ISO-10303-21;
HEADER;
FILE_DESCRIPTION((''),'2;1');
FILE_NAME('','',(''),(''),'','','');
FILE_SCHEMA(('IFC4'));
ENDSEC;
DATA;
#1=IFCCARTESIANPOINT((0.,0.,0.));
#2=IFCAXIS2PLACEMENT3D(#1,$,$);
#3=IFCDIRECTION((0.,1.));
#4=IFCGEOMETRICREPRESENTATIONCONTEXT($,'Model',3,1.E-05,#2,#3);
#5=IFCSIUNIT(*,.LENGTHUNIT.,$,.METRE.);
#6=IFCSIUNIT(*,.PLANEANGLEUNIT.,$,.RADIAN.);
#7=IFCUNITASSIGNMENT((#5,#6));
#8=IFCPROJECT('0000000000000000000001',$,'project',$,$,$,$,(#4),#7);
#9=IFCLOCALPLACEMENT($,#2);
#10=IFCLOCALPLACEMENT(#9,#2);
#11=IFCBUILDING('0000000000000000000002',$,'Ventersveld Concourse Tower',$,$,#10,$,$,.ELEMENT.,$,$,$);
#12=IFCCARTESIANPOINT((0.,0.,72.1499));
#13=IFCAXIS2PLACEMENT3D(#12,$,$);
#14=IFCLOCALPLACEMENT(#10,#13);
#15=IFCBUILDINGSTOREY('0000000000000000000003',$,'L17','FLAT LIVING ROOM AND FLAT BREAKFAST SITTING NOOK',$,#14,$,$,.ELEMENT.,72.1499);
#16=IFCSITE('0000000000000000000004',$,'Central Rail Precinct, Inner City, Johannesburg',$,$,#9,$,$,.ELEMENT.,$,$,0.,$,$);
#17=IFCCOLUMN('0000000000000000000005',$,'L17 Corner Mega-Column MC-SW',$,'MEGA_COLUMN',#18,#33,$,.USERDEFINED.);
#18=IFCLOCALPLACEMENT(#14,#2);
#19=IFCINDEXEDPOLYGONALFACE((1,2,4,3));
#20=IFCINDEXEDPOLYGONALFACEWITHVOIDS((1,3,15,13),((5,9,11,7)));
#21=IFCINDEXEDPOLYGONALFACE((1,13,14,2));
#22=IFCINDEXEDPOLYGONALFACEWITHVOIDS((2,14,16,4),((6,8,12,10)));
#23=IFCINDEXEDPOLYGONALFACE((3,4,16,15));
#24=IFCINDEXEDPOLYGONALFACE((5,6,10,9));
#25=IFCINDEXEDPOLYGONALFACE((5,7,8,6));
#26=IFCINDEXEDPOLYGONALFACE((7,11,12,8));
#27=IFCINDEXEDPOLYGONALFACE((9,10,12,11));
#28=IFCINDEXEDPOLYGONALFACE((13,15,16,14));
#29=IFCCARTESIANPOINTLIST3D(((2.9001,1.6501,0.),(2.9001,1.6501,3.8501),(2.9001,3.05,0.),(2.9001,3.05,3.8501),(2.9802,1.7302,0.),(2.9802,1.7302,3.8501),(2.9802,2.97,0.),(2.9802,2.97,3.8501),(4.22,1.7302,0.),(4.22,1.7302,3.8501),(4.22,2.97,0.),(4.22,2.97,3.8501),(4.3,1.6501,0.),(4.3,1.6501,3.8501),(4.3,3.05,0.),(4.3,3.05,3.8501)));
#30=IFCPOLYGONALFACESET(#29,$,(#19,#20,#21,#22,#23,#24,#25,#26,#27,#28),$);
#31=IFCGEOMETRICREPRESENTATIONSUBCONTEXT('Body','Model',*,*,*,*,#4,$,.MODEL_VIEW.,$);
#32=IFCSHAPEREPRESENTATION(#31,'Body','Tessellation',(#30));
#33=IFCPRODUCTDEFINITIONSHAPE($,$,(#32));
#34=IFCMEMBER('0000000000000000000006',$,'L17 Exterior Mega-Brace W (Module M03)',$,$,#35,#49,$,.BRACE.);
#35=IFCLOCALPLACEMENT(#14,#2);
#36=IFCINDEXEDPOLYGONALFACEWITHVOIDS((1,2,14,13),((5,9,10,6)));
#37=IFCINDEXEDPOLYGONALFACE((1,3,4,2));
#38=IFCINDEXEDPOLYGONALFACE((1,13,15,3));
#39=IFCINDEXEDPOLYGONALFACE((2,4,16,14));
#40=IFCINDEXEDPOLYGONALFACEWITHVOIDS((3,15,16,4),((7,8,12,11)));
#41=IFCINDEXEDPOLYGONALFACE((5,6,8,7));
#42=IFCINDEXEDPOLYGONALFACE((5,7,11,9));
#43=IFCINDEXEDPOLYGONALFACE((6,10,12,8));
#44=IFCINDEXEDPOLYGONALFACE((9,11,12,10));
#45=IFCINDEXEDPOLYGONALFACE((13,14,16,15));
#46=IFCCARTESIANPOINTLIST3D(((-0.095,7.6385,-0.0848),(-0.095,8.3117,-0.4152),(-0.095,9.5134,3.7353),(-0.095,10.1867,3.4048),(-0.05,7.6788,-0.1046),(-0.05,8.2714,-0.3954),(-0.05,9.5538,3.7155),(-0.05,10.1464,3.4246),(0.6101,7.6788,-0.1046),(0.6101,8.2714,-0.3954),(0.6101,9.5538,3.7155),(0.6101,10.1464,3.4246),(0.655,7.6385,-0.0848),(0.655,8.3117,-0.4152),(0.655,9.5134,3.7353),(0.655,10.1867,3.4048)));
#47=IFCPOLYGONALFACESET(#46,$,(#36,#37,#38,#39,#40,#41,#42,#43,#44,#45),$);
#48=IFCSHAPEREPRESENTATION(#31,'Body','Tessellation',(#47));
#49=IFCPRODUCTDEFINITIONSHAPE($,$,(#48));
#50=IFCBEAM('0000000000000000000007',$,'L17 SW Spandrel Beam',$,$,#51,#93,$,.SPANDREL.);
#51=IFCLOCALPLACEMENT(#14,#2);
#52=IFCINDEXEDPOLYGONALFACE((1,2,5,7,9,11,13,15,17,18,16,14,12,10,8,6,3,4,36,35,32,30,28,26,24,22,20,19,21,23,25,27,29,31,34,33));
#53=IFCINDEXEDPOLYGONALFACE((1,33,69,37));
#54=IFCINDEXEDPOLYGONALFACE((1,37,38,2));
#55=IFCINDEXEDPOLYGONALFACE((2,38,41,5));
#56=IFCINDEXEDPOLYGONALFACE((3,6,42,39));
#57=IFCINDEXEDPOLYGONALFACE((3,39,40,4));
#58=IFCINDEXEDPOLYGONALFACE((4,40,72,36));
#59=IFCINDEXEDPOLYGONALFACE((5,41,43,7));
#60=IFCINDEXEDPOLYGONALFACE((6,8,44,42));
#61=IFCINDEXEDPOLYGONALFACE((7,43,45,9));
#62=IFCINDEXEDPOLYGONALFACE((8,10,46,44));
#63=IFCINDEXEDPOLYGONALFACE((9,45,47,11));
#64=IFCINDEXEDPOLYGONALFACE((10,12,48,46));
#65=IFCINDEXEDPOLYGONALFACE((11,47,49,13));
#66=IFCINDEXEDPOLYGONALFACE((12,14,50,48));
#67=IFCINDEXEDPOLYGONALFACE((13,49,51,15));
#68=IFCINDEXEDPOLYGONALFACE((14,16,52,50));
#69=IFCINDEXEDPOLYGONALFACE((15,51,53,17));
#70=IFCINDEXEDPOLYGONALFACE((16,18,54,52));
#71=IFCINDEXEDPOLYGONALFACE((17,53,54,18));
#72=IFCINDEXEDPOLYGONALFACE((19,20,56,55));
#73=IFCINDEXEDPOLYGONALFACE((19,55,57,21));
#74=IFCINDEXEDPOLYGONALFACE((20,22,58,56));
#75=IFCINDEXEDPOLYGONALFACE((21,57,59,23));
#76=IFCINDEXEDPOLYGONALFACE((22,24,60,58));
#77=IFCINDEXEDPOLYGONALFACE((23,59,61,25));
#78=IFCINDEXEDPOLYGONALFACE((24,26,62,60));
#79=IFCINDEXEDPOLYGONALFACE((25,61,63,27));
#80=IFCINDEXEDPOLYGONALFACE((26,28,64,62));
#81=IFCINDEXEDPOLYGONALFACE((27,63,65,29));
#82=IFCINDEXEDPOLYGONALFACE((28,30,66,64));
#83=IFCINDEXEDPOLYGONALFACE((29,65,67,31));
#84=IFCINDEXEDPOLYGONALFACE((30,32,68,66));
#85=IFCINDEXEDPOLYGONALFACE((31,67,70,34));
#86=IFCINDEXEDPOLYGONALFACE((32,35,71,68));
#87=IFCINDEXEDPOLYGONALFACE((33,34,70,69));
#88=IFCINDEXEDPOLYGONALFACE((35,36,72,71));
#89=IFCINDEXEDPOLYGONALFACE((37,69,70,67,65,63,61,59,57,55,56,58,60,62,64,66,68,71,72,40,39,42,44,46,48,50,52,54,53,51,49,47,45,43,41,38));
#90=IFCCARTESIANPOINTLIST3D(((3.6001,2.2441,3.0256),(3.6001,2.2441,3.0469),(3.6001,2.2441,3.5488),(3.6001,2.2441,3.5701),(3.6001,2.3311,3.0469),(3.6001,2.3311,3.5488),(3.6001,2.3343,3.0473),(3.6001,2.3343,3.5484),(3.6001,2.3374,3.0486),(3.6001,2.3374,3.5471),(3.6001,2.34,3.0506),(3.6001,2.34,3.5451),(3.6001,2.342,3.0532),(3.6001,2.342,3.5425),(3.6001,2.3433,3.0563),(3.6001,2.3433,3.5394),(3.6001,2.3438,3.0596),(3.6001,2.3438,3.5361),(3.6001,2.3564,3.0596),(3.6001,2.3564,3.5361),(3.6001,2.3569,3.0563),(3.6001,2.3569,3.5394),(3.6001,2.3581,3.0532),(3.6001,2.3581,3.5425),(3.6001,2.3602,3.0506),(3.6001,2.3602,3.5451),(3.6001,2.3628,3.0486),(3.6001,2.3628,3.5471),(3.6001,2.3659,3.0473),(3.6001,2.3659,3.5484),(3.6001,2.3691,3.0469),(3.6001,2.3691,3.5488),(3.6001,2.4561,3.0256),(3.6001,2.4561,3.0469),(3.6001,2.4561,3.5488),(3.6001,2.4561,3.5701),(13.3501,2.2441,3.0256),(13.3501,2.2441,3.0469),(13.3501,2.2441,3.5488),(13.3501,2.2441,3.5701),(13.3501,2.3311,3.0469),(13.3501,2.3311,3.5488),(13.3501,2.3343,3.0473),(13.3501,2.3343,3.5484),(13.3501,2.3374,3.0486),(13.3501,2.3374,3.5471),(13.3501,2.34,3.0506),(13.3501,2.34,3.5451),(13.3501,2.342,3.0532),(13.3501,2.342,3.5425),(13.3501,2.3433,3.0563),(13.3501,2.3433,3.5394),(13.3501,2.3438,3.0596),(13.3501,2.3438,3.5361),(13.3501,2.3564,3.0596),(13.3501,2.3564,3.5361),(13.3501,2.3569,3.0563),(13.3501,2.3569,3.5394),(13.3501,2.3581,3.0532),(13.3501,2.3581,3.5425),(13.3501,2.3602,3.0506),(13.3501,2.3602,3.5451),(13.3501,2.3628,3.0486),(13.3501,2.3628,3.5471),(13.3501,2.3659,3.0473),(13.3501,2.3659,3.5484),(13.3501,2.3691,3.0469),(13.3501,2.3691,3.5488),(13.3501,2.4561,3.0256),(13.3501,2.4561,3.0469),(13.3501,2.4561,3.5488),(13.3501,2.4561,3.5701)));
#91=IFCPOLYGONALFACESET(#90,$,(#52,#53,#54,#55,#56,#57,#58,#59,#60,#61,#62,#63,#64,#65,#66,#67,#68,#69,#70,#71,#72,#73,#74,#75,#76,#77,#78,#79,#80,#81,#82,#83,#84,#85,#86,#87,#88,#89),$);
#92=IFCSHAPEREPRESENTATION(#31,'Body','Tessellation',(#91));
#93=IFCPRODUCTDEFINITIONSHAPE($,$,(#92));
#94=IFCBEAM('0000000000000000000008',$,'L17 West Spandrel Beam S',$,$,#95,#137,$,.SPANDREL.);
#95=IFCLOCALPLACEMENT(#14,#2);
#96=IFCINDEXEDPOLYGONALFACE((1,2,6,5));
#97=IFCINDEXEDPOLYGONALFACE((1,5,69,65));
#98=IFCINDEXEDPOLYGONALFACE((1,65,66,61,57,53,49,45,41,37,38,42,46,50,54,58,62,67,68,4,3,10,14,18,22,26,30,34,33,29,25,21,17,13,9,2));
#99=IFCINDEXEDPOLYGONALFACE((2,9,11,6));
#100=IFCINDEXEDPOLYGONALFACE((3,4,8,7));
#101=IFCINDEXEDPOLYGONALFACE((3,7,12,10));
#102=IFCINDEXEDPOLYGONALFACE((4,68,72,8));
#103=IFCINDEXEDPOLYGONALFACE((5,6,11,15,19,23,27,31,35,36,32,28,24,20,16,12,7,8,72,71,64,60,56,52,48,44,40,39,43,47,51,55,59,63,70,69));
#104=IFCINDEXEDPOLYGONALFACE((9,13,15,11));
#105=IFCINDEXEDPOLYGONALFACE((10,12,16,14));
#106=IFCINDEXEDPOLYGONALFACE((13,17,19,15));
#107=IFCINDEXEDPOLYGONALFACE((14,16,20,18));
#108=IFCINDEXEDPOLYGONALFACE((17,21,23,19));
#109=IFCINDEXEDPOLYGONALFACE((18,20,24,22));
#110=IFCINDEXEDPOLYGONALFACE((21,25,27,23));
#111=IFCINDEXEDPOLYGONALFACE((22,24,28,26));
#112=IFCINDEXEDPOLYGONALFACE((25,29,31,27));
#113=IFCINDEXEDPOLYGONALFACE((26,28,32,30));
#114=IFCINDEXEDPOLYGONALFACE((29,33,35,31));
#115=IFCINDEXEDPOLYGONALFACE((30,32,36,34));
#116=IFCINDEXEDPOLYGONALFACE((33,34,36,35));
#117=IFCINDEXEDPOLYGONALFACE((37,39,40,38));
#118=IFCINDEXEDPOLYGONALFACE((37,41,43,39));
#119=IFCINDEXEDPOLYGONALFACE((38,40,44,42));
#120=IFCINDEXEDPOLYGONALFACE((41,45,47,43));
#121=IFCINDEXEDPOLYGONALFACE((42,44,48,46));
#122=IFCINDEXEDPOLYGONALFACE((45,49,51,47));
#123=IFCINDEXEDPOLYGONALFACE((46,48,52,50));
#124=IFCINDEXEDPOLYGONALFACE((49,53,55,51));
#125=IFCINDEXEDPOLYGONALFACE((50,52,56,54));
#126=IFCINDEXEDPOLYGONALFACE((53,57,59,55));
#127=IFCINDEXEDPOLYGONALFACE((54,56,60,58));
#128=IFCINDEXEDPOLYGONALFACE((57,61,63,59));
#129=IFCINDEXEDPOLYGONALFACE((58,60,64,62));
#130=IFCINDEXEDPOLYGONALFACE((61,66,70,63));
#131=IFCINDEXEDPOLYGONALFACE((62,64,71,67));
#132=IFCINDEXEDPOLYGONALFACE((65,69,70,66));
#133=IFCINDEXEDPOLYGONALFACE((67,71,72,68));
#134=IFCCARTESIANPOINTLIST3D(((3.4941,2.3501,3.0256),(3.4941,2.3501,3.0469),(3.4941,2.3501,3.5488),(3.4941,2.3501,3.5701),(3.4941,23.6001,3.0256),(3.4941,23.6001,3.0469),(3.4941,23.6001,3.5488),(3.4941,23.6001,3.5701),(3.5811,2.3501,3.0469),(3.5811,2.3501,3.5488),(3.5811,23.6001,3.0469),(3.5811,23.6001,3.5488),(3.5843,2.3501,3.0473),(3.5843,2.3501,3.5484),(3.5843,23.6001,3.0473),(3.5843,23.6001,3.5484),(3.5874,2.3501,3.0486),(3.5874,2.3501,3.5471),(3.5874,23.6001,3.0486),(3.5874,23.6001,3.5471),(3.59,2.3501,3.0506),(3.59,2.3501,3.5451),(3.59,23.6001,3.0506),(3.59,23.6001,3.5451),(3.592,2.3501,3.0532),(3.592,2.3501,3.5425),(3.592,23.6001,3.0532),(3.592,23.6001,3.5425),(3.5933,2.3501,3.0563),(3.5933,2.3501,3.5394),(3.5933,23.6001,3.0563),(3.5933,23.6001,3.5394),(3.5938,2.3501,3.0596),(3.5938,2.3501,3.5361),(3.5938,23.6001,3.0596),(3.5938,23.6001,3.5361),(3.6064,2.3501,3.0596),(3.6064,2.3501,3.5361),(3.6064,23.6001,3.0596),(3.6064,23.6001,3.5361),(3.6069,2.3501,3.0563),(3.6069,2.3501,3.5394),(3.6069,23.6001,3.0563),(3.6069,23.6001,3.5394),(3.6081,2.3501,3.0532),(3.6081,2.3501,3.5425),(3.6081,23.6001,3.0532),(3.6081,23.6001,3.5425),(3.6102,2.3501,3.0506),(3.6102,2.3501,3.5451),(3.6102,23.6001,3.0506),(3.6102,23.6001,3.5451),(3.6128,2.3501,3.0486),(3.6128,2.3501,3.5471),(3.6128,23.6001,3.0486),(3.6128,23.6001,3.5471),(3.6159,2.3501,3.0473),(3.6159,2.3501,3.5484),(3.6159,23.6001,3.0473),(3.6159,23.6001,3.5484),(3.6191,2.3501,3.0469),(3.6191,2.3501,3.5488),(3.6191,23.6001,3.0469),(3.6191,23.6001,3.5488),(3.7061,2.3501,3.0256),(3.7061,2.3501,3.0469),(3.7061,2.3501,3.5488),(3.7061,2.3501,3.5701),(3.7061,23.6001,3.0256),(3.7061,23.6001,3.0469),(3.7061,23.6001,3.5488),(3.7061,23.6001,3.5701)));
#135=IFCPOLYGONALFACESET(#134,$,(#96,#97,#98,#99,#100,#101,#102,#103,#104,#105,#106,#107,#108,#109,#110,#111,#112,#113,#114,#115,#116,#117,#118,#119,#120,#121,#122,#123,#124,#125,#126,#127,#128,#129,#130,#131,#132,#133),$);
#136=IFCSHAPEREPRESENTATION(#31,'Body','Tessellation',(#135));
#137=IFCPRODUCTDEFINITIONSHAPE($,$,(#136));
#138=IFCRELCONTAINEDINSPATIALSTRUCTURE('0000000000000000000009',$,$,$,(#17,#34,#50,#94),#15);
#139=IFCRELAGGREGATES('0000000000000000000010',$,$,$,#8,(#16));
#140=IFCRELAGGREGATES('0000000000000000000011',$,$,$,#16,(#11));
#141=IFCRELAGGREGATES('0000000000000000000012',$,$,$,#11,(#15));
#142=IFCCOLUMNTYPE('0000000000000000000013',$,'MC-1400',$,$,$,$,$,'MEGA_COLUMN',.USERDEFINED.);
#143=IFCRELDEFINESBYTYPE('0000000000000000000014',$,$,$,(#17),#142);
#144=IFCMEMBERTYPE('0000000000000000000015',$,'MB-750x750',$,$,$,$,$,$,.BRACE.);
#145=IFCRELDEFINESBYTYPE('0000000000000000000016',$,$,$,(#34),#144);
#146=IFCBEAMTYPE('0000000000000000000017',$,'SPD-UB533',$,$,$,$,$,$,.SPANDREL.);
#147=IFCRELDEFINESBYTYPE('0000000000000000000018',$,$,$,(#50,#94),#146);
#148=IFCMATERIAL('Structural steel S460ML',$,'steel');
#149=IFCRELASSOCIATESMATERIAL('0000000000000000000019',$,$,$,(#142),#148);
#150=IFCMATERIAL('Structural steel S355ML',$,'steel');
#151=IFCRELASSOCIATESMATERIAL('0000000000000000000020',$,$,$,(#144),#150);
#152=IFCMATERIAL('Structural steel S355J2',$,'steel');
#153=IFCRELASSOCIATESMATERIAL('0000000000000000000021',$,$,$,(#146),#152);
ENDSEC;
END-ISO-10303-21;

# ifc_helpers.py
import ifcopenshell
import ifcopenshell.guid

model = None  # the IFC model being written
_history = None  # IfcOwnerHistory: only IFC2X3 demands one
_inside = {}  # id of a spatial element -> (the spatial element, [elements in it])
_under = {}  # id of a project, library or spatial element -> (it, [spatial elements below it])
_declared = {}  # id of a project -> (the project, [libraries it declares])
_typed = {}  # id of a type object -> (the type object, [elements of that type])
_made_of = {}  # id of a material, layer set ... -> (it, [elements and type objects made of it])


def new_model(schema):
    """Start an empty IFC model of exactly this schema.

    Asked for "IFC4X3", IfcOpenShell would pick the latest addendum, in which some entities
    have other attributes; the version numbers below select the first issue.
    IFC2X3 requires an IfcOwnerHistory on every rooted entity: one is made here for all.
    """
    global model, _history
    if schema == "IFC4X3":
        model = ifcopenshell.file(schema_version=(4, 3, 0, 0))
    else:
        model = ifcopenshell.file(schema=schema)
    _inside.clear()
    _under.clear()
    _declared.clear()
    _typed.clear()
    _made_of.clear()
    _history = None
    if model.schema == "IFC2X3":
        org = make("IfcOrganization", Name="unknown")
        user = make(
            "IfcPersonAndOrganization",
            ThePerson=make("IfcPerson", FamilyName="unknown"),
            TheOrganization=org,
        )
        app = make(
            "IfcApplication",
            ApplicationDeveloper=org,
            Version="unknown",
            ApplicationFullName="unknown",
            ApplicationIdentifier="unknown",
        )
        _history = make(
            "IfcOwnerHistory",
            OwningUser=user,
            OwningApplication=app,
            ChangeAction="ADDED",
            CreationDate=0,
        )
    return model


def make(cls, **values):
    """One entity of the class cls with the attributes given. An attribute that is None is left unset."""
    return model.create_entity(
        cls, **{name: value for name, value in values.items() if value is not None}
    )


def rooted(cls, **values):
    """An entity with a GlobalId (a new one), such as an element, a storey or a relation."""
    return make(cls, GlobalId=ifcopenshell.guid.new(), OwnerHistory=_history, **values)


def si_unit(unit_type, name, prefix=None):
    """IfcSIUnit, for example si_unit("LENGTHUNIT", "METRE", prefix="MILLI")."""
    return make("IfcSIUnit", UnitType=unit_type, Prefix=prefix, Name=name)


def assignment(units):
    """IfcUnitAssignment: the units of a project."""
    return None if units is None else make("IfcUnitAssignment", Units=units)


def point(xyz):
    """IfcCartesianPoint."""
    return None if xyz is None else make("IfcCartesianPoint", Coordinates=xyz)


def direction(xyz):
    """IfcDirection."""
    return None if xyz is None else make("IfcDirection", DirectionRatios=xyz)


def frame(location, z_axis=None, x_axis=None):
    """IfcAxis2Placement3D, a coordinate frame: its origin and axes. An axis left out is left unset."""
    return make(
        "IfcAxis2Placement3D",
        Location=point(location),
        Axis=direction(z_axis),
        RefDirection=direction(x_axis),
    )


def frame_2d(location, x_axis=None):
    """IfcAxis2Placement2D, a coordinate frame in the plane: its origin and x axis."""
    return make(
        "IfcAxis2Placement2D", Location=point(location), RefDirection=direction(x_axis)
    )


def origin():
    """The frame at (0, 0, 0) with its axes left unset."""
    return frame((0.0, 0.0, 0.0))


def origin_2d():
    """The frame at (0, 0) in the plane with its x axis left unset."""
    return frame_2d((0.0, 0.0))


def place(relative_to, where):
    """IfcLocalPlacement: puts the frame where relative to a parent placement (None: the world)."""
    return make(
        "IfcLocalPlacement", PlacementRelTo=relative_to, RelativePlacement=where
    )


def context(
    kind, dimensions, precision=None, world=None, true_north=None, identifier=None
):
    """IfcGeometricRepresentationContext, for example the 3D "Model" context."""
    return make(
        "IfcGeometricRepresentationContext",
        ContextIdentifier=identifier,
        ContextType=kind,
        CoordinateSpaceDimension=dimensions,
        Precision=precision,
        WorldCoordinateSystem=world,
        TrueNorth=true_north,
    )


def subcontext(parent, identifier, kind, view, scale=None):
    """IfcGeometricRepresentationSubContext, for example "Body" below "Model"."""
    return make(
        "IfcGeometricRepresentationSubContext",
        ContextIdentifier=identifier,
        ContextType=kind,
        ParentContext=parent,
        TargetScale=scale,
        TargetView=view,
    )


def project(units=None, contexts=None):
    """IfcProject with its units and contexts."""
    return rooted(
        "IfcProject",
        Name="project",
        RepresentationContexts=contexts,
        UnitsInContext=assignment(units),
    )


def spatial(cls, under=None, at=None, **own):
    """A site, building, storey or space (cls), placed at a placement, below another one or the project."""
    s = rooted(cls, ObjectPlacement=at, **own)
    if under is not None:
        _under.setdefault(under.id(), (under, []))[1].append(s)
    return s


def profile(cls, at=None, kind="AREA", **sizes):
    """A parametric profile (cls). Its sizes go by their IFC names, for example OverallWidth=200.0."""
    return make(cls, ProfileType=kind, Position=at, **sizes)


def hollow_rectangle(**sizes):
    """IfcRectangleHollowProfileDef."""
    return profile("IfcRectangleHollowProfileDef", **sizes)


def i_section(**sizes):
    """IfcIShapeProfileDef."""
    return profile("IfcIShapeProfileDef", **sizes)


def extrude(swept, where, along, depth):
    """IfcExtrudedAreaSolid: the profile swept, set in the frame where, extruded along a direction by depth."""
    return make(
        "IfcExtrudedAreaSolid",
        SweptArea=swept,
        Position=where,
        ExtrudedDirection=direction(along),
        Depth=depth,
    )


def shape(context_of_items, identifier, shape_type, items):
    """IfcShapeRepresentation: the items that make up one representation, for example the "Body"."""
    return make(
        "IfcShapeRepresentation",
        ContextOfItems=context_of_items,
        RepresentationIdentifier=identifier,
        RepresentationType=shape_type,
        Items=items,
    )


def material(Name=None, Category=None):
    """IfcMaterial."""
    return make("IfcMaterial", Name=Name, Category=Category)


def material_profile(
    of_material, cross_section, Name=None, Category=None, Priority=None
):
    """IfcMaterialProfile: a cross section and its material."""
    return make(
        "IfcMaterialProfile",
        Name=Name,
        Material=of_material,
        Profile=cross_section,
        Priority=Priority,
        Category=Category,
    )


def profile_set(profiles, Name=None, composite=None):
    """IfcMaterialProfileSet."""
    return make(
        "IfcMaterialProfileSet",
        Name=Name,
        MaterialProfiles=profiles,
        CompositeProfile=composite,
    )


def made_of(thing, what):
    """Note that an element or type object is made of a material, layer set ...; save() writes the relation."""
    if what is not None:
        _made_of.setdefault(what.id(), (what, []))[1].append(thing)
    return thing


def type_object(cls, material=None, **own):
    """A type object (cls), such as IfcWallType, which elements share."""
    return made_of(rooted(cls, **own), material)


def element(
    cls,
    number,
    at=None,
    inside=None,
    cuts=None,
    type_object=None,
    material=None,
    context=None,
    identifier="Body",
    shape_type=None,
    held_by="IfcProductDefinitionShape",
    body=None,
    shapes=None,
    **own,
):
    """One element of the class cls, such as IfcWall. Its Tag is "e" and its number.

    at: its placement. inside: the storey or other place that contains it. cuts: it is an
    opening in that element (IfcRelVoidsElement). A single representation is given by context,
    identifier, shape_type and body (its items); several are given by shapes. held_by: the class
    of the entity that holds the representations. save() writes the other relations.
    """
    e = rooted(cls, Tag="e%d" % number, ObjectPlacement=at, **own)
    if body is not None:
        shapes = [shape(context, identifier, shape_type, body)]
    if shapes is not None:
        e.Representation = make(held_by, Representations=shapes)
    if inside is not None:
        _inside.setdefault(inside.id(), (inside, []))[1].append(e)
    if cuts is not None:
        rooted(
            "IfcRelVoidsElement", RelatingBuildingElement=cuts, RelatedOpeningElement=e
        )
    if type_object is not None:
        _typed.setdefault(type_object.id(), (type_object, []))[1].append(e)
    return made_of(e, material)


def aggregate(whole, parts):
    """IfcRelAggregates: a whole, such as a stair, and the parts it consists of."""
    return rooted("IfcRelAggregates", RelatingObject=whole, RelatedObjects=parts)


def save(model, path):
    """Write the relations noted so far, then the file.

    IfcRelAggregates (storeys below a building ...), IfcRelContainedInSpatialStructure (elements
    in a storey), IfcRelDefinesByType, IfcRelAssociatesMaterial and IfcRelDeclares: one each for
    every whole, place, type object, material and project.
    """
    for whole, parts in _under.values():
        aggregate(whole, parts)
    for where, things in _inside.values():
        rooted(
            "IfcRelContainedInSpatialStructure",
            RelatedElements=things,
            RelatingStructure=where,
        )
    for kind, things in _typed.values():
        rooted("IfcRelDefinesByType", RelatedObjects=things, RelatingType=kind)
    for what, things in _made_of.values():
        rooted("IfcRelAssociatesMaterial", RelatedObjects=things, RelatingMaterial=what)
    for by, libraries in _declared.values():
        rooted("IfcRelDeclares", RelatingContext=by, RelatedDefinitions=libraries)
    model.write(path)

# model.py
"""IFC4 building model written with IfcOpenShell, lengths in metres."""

from ifc_helpers import new_model, si_unit, direction, frame, origin, origin_2d, place, context, subcontext, project, spatial, hollow_rectangle, i_section, extrude, material, material_profile, profile_set, type_object, element, save


model = new_model("IFC4")

# Units and contexts
model_context = context("Model", 3, precision=1e-05, world=origin(), true_north=direction((0.0, 1.0)))
body_context = subcontext(model_context, "Body", "Model", "MODEL_VIEW")
ifc_project = project(units=[si_unit("LENGTHUNIT", "METRE"), si_unit("PLANEANGLEUNIT", "RADIAN")], contexts=[model_context])

# Site, building, storey
site_placement = place(None, origin())
site = spatial("IfcSite", under=ifc_project, at=site_placement, Name="Central Rail Precinct, Inner City, Johannesburg", CompositionType="ELEMENT", RefElevation=0.0)
building_placement = place(site_placement, origin())
building = spatial("IfcBuilding", under=site, at=building_placement, Name="Ventersveld Concourse Tower", CompositionType="ELEMENT")
storey_placement = place(building_placement, frame((0.0, 0.0, 72.1499)))
storey = spatial("IfcBuildingStorey", under=building, at=storey_placement, Name="L17", Description="FLAT LIVING ROOM AND FLAT BREAKFAST SITTING NOOK", CompositionType="ELEMENT", Elevation=72.1499)

# Column
ifc_material_1 = material(Name="Structural steel S460ML", Category="steel")
ifc_material_profile_1 = material_profile(ifc_material_1, hollow_rectangle(XDim=1.3999, YDim=1.3999, WallThickness=0.0801, at=origin_2d()), Name="BOX 1400x1400x80")
ifc_profile_set_1 = profile_set([ifc_material_profile_1], Name="Structural steel S460ML")
column_type = type_object("IfcColumnType", Name="MC-1400", ElementType="MEGA_COLUMN", PredefinedType="USERDEFINED", material=ifc_profile_set_1)
column_placement = place(storey_placement, frame((3.6001, 2.3501, 0.0), z_axis=(0.0, 0.0, 1.0), x_axis=(1.0, 0.0, 0.0)))
element("IfcColumn", 1, at=column_placement, inside=storey, type_object=column_type, Name="L17 Corner Mega-Column MC-SW", ObjectType="MEGA_COLUMN", PredefinedType="USERDEFINED", context=body_context, shape_type="SweptSolid", body=[
    extrude(hollow_rectangle(XDim=1.3999, YDim=1.3999, WallThickness=0.0801, at=origin_2d()), origin(), (0.0, 0.0, 1.0), 3.8501),
])

# Member
ifc_material_2 = material(Name="Structural steel S355ML", Category="steel")
ifc_material_profile_2 = material_profile(ifc_material_2, hollow_rectangle(XDim=0.75, YDim=0.75, WallThickness=0.0449, at=origin_2d()), Name="BOX 750x750x45")
ifc_profile_set_2 = profile_set([ifc_material_profile_2], Name="Structural steel S355ML")
member_type = type_object("IfcMemberType", Name="MB-750x750", PredefinedType="BRACE", material=ifc_profile_set_2)
member_placement = place(storey_placement, frame((0.28, 7.9751, -0.25), z_axis=(0.0, 0.440615, 0.897696), x_axis=(-1.0, 0.0, 0.0)))
element("IfcMember", 2, at=member_placement, inside=storey, type_object=member_type, Name="L17 Exterior Mega-Brace W (Module M03)", PredefinedType="BRACE", context=body_context, shape_type="SweptSolid", body=[
    extrude(hollow_rectangle(XDim=0.75, YDim=0.75, WallThickness=0.0449, at=origin_2d()), origin(), (0.0, 0.0, 1.0), 4.2554),
])

# Beams
ifc_material_3 = material(Name="Structural steel S355J2", Category="steel")
ifc_material_profile_3 = material_profile(ifc_material_3, i_section(OverallWidth=0.2119, OverallDepth=0.5444, WebThickness=0.0127, FlangeThickness=0.0212, FilletRadius=0.0127, at=origin_2d()), Name="UB 533x210x122")
ifc_profile_set_3 = profile_set([ifc_material_profile_3], Name="Structural steel S355J2")
beam_type = type_object("IfcBeamType", Name="SPD-UB533", PredefinedType="SPANDREL", material=ifc_profile_set_3)
beam_1_placement = place(storey_placement, frame((3.6001, 2.3501, 3.2979), z_axis=(1.0, 0.0, 0.0), x_axis=(0.0, 1.0, 0.0)))
element("IfcBeam", 3, at=beam_1_placement, inside=storey, type_object=beam_type, Name="L17 SW Spandrel Beam", PredefinedType="SPANDREL", context=body_context, shape_type="SweptSolid", body=[
    extrude(i_section(OverallWidth=0.2119, OverallDepth=0.5444, WebThickness=0.0127, FlangeThickness=0.0212, FilletRadius=0.0127, at=origin_2d()), origin(), (0.0, 0.0, 1.0), 9.75),
])
beam_2_placement = place(storey_placement, frame((3.6001, 2.3501, 3.2979), z_axis=(0.0, 1.0, 0.0), x_axis=(-1.0, 0.0, 0.0)))
element("IfcBeam", 4, at=beam_2_placement, inside=storey, type_object=beam_type, Name="L17 West Spandrel Beam S", PredefinedType="SPANDREL", context=body_context, shape_type="SweptSolid", body=[
    extrude(i_section(OverallWidth=0.2119, OverallDepth=0.5444, WebThickness=0.0127, FlangeThickness=0.0212, FilletRadius=0.0127, at=origin_2d()), origin(), (0.0, 0.0, 1.0), 21.25),
])

save(model, "model.ifc")
